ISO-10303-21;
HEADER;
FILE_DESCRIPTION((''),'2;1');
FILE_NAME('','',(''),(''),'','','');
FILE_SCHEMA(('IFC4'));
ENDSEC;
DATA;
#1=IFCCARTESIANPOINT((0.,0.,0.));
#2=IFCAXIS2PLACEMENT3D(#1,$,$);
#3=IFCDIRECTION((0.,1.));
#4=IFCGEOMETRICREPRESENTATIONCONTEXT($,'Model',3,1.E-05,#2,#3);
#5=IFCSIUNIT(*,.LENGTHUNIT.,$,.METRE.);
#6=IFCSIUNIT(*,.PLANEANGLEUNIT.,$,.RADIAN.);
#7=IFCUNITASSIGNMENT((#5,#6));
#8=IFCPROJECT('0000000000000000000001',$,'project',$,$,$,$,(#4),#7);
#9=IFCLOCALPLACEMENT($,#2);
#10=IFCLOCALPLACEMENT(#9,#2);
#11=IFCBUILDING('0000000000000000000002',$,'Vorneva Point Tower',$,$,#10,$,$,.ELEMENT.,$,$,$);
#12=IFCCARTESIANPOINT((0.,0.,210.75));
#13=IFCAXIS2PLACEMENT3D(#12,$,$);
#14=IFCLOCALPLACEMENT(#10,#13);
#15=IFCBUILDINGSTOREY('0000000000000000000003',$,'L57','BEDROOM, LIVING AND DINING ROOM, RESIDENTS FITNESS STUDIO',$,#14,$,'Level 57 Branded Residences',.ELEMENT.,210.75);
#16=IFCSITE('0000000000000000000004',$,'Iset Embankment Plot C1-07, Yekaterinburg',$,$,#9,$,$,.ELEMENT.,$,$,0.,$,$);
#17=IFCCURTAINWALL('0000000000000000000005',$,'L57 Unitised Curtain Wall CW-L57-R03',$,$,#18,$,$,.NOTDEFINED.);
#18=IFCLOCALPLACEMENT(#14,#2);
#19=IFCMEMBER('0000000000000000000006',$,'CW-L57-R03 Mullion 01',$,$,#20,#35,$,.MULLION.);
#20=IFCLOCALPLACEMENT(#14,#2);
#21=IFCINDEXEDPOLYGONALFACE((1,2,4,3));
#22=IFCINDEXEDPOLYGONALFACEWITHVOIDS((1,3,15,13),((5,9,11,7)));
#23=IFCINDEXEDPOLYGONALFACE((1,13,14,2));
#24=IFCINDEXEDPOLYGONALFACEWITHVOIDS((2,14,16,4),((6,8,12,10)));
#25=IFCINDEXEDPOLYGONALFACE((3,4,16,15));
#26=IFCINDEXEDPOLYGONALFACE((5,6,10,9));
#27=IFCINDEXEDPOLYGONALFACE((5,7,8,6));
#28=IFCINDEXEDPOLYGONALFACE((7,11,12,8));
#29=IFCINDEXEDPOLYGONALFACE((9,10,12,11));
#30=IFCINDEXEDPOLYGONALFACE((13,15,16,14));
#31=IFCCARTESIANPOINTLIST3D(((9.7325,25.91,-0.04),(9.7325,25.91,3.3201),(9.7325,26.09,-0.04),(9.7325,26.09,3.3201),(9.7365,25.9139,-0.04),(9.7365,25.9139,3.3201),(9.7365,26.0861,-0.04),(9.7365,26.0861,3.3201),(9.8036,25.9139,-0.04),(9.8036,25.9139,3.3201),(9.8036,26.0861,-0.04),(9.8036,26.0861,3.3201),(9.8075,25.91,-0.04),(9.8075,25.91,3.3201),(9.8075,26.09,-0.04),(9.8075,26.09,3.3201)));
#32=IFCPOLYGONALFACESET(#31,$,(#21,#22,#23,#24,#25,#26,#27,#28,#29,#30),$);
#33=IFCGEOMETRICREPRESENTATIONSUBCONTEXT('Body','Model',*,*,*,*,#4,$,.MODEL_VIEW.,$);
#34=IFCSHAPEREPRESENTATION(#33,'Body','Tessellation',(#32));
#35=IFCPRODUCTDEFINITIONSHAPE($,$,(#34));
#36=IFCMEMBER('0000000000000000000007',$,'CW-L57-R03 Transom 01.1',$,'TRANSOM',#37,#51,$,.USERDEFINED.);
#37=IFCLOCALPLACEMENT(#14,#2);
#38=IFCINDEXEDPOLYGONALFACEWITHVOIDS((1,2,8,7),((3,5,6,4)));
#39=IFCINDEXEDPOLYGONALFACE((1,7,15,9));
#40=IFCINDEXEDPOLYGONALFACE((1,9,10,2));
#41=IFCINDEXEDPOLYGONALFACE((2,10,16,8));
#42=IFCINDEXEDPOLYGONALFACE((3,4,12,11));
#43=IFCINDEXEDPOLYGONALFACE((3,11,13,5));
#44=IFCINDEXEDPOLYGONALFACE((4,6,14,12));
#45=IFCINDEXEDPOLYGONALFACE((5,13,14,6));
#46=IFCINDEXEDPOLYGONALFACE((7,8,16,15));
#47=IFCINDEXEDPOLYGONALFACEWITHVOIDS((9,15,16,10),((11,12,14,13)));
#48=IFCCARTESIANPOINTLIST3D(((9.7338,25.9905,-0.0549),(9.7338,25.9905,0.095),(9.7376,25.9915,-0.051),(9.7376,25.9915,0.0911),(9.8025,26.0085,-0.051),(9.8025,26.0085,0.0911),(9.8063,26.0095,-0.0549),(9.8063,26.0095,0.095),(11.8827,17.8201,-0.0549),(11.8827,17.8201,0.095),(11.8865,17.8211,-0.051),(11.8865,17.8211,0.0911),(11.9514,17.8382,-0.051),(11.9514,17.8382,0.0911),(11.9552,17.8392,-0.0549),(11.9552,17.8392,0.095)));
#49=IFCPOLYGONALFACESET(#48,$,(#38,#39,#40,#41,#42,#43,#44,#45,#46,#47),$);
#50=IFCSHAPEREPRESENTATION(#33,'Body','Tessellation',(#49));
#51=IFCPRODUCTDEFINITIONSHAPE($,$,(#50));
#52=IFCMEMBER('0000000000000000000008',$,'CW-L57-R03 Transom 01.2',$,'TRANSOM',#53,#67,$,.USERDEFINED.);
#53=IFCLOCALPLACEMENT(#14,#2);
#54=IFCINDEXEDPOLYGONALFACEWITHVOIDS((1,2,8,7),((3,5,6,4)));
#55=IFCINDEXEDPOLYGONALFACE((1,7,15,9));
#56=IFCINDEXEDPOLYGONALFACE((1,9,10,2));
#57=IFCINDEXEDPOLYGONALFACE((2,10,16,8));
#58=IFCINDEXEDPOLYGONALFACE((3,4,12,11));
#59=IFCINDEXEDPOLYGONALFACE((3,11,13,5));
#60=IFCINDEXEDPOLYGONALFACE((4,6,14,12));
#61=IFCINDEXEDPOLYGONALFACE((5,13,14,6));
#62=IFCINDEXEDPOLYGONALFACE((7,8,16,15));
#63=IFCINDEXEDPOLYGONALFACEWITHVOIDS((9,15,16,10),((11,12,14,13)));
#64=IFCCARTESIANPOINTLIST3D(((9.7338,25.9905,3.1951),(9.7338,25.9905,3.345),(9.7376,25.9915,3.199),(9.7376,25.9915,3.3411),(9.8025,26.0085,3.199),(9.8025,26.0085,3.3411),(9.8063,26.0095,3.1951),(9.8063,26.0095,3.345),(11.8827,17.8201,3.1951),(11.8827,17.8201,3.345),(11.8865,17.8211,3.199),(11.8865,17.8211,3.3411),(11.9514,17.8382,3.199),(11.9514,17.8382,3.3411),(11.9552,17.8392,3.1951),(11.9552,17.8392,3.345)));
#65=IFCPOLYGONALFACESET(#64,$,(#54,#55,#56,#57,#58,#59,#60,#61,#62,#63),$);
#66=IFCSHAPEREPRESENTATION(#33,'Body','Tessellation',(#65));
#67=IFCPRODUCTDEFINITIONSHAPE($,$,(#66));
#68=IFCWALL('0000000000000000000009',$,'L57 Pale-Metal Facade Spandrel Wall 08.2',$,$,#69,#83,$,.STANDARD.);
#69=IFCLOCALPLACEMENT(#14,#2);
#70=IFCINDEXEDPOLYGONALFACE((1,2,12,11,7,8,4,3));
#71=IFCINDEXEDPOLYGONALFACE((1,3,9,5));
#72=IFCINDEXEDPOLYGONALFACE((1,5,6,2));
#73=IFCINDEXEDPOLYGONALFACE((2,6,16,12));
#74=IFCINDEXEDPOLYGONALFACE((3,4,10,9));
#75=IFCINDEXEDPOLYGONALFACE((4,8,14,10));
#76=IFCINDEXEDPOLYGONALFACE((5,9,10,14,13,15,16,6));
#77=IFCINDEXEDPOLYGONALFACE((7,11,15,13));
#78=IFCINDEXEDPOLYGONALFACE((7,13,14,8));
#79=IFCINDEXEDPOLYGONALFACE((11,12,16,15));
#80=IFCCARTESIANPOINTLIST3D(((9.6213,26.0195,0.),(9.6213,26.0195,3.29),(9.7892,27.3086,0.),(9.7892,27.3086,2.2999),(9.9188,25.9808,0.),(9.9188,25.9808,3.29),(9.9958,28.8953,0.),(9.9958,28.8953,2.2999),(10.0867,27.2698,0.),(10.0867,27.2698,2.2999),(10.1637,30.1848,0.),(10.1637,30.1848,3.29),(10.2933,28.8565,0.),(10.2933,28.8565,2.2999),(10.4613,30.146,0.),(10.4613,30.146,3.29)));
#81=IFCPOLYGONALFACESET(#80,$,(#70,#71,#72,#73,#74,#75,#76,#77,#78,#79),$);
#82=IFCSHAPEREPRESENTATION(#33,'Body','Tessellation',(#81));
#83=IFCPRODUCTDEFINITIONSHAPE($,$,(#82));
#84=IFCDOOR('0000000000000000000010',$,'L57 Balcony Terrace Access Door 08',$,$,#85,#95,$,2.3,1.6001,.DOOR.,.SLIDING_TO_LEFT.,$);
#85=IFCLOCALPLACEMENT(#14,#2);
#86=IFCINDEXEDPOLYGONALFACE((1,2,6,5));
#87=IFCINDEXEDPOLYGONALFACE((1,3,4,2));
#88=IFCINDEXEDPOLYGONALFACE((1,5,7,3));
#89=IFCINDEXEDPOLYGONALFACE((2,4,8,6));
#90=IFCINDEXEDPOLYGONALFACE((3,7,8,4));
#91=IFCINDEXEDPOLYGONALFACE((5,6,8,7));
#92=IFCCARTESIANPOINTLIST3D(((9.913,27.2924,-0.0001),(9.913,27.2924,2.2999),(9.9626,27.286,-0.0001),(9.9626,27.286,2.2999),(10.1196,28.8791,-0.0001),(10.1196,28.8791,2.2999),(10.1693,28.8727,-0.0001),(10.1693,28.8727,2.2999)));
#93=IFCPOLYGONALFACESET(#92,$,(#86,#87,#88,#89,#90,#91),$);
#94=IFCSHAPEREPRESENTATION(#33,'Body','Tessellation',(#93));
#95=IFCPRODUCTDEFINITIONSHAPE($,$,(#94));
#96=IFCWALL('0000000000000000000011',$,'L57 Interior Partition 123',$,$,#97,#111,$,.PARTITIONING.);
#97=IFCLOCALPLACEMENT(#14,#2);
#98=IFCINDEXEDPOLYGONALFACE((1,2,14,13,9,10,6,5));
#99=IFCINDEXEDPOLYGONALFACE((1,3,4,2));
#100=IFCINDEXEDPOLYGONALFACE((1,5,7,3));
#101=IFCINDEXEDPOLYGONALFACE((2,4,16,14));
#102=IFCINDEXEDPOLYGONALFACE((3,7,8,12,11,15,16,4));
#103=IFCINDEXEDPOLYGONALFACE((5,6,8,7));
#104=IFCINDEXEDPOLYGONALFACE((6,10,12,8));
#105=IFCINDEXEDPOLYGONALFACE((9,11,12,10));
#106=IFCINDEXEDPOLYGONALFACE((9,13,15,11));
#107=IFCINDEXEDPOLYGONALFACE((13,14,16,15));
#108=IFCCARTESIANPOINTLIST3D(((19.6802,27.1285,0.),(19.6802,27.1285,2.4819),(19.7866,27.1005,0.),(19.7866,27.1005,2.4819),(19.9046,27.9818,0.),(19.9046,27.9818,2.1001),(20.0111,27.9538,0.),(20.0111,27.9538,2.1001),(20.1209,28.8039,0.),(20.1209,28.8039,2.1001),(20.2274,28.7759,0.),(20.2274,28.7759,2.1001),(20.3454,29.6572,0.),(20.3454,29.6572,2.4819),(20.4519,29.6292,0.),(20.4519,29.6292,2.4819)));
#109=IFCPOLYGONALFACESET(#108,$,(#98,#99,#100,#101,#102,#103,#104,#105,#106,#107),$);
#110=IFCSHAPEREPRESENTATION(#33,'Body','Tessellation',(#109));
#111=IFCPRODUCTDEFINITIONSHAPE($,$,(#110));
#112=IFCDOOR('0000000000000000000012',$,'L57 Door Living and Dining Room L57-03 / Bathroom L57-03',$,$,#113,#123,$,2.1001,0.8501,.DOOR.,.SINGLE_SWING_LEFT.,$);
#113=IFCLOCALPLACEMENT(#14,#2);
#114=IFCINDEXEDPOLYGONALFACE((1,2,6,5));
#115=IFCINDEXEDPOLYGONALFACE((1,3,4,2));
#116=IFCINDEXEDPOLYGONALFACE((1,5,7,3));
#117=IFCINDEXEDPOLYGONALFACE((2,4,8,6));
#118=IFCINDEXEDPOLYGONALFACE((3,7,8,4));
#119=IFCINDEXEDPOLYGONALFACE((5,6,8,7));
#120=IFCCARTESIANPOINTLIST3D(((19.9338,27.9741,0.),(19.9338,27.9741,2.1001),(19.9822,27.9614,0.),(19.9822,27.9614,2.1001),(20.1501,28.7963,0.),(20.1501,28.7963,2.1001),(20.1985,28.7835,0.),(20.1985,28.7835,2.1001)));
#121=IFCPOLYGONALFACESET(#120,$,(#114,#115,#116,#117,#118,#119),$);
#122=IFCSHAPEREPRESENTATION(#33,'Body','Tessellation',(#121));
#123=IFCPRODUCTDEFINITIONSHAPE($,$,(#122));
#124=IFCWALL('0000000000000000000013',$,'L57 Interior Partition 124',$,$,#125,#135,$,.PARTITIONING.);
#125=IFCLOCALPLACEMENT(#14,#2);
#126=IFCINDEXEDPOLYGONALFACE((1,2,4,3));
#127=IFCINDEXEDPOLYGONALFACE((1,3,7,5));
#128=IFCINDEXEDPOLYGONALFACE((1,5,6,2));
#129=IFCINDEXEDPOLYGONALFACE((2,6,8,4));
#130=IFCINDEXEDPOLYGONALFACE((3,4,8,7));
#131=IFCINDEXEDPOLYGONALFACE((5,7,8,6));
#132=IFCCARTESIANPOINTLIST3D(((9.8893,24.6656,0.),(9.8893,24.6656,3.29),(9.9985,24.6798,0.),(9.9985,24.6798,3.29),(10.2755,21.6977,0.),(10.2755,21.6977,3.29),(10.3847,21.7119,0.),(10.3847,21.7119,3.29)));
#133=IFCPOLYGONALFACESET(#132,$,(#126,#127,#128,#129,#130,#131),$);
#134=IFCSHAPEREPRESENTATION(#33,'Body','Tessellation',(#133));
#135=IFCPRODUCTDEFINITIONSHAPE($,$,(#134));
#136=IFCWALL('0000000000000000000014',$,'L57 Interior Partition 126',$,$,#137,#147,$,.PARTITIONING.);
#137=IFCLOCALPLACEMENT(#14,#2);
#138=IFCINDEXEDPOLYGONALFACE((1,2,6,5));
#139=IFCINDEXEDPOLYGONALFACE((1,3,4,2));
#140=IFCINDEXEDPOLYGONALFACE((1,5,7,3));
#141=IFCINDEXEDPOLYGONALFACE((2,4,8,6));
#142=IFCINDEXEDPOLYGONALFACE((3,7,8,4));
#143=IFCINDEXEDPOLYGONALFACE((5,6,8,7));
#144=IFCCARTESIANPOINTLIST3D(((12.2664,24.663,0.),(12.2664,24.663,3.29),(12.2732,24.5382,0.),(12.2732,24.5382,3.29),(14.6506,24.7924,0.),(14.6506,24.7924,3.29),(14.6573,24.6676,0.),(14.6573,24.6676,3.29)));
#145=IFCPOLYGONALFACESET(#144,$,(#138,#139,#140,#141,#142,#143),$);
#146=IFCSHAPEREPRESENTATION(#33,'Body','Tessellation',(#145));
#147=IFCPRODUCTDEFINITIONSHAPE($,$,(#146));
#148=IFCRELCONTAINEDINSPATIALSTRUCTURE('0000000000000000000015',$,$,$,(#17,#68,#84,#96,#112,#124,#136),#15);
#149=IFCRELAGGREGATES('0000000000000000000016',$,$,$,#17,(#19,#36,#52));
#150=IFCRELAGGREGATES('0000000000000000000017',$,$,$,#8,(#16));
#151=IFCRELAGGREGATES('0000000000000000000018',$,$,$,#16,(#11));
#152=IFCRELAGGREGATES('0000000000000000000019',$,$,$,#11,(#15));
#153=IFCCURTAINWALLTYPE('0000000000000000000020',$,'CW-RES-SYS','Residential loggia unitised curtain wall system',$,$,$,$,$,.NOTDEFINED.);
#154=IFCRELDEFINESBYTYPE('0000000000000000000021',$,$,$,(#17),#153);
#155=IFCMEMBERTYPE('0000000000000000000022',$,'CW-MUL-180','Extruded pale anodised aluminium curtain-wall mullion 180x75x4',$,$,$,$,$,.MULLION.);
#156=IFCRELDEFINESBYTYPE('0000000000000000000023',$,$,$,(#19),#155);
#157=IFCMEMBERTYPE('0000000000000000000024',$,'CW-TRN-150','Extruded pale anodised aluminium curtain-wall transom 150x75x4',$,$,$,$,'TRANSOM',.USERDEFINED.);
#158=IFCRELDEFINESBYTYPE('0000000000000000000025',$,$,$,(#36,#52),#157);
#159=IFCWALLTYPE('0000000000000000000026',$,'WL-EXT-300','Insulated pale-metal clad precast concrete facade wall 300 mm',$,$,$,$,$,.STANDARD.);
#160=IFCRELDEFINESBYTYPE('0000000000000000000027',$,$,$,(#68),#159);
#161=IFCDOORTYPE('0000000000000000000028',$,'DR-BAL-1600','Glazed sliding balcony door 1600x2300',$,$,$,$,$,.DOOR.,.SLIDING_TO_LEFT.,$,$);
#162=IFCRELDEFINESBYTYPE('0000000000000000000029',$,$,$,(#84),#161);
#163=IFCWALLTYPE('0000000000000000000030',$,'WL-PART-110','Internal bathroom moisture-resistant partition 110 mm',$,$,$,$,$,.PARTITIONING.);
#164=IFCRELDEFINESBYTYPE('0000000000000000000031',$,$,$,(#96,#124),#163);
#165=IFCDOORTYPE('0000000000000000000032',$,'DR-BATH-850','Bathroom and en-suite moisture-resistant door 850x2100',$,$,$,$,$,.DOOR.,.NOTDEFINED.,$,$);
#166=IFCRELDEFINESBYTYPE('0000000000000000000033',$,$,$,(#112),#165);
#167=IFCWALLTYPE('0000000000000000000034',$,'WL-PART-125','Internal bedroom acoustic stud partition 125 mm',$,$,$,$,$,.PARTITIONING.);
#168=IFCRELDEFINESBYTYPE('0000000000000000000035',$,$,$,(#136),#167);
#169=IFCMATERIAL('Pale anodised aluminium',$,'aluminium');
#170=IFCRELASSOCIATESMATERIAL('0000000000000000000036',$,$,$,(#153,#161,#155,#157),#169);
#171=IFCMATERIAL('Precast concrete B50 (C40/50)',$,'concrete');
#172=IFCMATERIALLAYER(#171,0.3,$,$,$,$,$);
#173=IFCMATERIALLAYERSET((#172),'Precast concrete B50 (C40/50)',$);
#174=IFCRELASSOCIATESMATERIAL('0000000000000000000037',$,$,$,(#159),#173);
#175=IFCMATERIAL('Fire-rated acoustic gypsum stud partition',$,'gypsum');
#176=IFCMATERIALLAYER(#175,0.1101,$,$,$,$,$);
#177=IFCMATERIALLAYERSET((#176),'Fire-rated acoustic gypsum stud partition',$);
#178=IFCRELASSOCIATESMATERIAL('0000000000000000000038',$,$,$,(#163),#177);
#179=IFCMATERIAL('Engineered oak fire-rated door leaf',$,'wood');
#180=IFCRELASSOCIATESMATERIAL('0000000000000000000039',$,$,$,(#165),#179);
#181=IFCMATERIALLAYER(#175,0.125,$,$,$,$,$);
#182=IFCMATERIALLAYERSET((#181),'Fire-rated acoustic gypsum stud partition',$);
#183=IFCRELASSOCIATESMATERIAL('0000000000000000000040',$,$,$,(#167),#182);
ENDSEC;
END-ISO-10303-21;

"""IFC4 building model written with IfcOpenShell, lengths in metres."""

from ifc_helpers import new_model, si_unit, direction, frame, frame_2d, origin, origin_2d, place, context, subcontext, project, spatial, rectangle, hollow_rectangle, extrude, material, layer, layer_set, material_profile, profile_set, type_object, element, fill, aggregate, save


model = new_model("IFC4")

# Units and contexts
model_context = context("Model", 3, precision=1e-05, world=origin(), true_north=direction((0.0, 1.0)))
body_context = subcontext(model_context, "Body", "Model", "MODEL_VIEW")
ifc_project = project(units=[si_unit("LENGTHUNIT", "METRE"), si_unit("PLANEANGLEUNIT", "RADIAN")], contexts=[model_context])

# Site, building, storey
site_placement = place(None, origin())
site = spatial("IfcSite", under=ifc_project, at=site_placement, Name="Iset Embankment Plot C1-07, Yekaterinburg", CompositionType="ELEMENT", RefElevation=0.0)
building_placement = place(site_placement, origin())
building = spatial("IfcBuilding", under=site, at=building_placement, Name="Vorneva Point Tower", CompositionType="ELEMENT")
storey_placement = place(building_placement, frame((0.0, 0.0, 210.75)))
storey = spatial("IfcBuildingStorey", under=building, at=storey_placement, Name="L57", Description="BEDROOM, LIVING AND DINING ROOM, RESIDENTS FITNESS STUDIO", LongName="Level 57 Branded Residences", CompositionType="ELEMENT", Elevation=210.75)

# Curtain wall, members
ifc_material_1 = material(Name="Pale anodised aluminium", Category="aluminium")
curtain_wall_type = type_object("IfcCurtainWallType", Name="CW-RES-SYS", Description="Residential loggia unitised curtain wall system", PredefinedType="NOTDEFINED", material=ifc_material_1)
curtain_wall_placement = place(storey_placement, origin())
curtain_wall = element("IfcCurtainWall", 1, at=curtain_wall_placement, inside=storey, type_object=curtain_wall_type, Name="L57 Unitised Curtain Wall CW-L57-R03", PredefinedType="NOTDEFINED")
ifc_material_profile_1 = material_profile(ifc_material_1, hollow_rectangle(XDim=0.075, YDim=0.1799, WallThickness=0.0039, at=origin_2d()), Name="AL-MUL 180x75x4")
ifc_profile_set_1 = profile_set([ifc_material_profile_1], Name="Pale anodised aluminium")
member_type_1 = type_object("IfcMemberType", Name="CW-MUL-180", Description="Extruded pale anodised aluminium curtain-wall mullion 180x75x4", PredefinedType="MULLION", material=ifc_profile_set_1)
member_1_placement = place(storey_placement, frame((9.77, 26.0, -0.04), z_axis=(0.0, 0.0, 1.0), x_axis=(1.0, 0.0, 0.0)))
member_1 = element("IfcMember", 2, at=member_1_placement, type_object=member_type_1, Name="CW-L57-R03 Mullion 01", PredefinedType="MULLION", context=body_context, shape_type="SweptSolid", body=[
    extrude(hollow_rectangle(XDim=0.075, YDim=0.1799, WallThickness=0.0039, at=origin_2d()), origin(), (0.0, 0.0, 1.0), 3.3601),
])
ifc_material_profile_2 = material_profile(ifc_material_1, hollow_rectangle(XDim=0.075, YDim=0.1499, WallThickness=0.0039, at=origin_2d()), Name="AL-TRN 150x75x4")
ifc_profile_set_2 = profile_set([ifc_material_profile_2], Name="Pale anodised aluminium")
member_type_2 = type_object("IfcMemberType", Name="CW-TRN-150", Description="Extruded pale anodised aluminium curtain-wall transom 150x75x4", ElementType="TRANSOM", PredefinedType="USERDEFINED", material=ifc_profile_set_2)
member_2_placement = place(storey_placement, frame((9.77, 26.0, 0.02), z_axis=(0.254362, -0.967109, 0.0), x_axis=(0.967109, 0.254362, 0.0)))
member_2 = element("IfcMember", 3, at=member_2_placement, type_object=member_type_2, Name="CW-L57-R03 Transom 01.1", ObjectType="TRANSOM", PredefinedType="USERDEFINED", context=body_context, shape_type="SweptSolid", body=[
    extrude(hollow_rectangle(XDim=0.075, YDim=0.1499, WallThickness=0.0039, at=origin_2d()), origin(), (0.0, 0.0, 1.0), 8.4482),
])
member_3_placement = place(storey_placement, frame((9.77, 26.0, 3.27), z_axis=(0.254362, -0.967109, 0.0), x_axis=(0.967109, 0.254362, 0.0)))
member_3 = element("IfcMember", 4, at=member_3_placement, type_object=member_type_2, Name="CW-L57-R03 Transom 01.2", ObjectType="TRANSOM", PredefinedType="USERDEFINED", context=body_context, shape_type="SweptSolid", body=[
    extrude(hollow_rectangle(XDim=0.075, YDim=0.1499, WallThickness=0.0039, at=origin_2d()), origin(), (0.0, 0.0, 1.0), 8.4482),
])
aggregate(curtain_wall, [member_1, member_2, member_3])

# Walls, openings, doors
ifc_material_2 = material(Name="Precast concrete B50 (C40/50)", Category="concrete")
ifc_layer_1 = layer(ifc_material_2, 0.3)
ifc_layer_set_1 = layer_set([ifc_layer_1], Name="Precast concrete B50 (C40/50)")
wall_type_1 = type_object("IfcWallType", Name="WL-EXT-300", Description="Insulated pale-metal clad precast concrete facade wall 300 mm", PredefinedType="STANDARD", material=ifc_layer_set_1)
wall_1_placement = place(storey_placement, frame((10.3125, 30.1653, 0.0), z_axis=(0.0, 0.0, 1.0), x_axis=(-0.129148, -0.991625, 0.0)))
wall_1 = element("IfcWall", 5, at=wall_1_placement, inside=storey, type_object=wall_type_1, Name="L57 Pale-Metal Facade Spandrel Wall 08.2", PredefinedType="STANDARD", context=body_context, shape_type="SweptSolid", body=[
    extrude(rectangle(XDim=4.2004, YDim=0.3, at=frame_2d((2.1001, 0.0))), origin(), (0.0, 0.0, 1.0), 3.29),
])
opening_1_placement = place(wall_1_placement, frame((1.3003, 0.0, 0.0)))
opening_1 = element("IfcOpeningElement", 6, at=opening_1_placement, cuts=wall_1, PredefinedType="OPENING", context=body_context, shape_type="SweptSolid", body=[
    extrude(rectangle(XDim=1.6001, YDim=2.3, at=frame_2d((0.8, 1.1499))), frame((0.0, 0.165, 0.0), z_axis=(0.0, -1.0, 0.0), x_axis=(1.0, 0.0, 0.0)), (0.0, 0.0, 1.0), 0.3298),
])
door_type_1 = type_object("IfcDoorType", Name="DR-BAL-1600", Description="Glazed sliding balcony door 1600x2300", OperationType="SLIDING_TO_LEFT", PredefinedType="DOOR", material=ifc_material_1)
door_1_placement = place(opening_1_placement, origin())
door_1 = element("IfcDoor", 7, at=door_1_placement, inside=storey, type_object=door_type_1, Name="L57 Balcony Terrace Access Door 08", OperationType="SLIDING_TO_LEFT", OverallHeight=2.3, OverallWidth=1.6001, PredefinedType="DOOR", context=body_context, shape_type="SweptSolid", body=[
    extrude(rectangle(XDim=1.6001, YDim=2.3, at=frame_2d((0.8, 1.1499))), frame((0.0, 0.0249, 0.0), z_axis=(0.0, -1.0, 0.0), x_axis=(1.0, 0.0, 0.0)), (0.0, 0.0, 1.0), 0.05),
])
fill(opening_1, door_1)
ifc_material_3 = material(Name="Fire-rated acoustic gypsum stud partition", Category="gypsum")
ifc_layer_2 = layer(ifc_material_3, 0.1101)
ifc_layer_set_2 = layer_set([ifc_layer_2], Name="Fire-rated acoustic gypsum stud partition")
wall_type_2 = type_object("IfcWallType", Name="WL-PART-110", Description="Internal bathroom moisture-resistant partition 110 mm", PredefinedType="PARTITIONING", material=ifc_layer_set_2)
wall_2_placement = place(storey_placement, frame((19.7334, 27.1145, 0.0), z_axis=(0.0, 0.0, 1.0), x_axis=(0.254424, 0.967093, 0.0)))
wall_2 = element("IfcWall", 8, at=wall_2_placement, inside=storey, type_object=wall_type_2, Name="L57 Interior Partition 123", PredefinedType="PARTITIONING", context=body_context, shape_type="SweptSolid", body=[
    extrude(rectangle(XDim=2.6147, YDim=0.1101, at=frame_2d((1.3074, 0.0))), origin(), (0.0, 0.0, 1.0), 2.4819),
])
opening_2_placement = place(wall_2_placement, frame((0.8823, 0.0, 0.0)))
opening_2 = element("IfcOpeningElement", 9, at=opening_2_placement, cuts=wall_2, PredefinedType="OPENING", context=body_context, shape_type="SweptSolid", body=[
    extrude(rectangle(XDim=0.8501, YDim=2.1001, at=frame_2d((0.425, 1.05))), frame((0.0, 0.0698, 0.0), z_axis=(0.0, -1.0, 0.0), x_axis=(1.0, 0.0, 0.0)), (0.0, 0.0, 1.0), 0.1399),
])
ifc_material_4 = material(Name="Engineered oak fire-rated door leaf", Category="wood")
door_type_2 = type_object("IfcDoorType", Name="DR-BATH-850", Description="Bathroom and en-suite moisture-resistant door 850x2100", OperationType="NOTDEFINED", PredefinedType="DOOR", material=ifc_material_4)
door_2_placement = place(opening_2_placement, origin())
door_2 = element("IfcDoor", 10, at=door_2_placement, inside=storey, type_object=door_type_2, Name="L57 Door Living and Dining Room L57-03 / Bathroom L57-03", OperationType="SINGLE_SWING_LEFT", OverallHeight=2.1001, OverallWidth=0.8501, PredefinedType="DOOR", context=body_context, shape_type="SweptSolid", body=[
    extrude(rectangle(XDim=0.8501, YDim=2.1001, at=frame_2d((0.425, 1.05))), frame((0.0, 0.0249, 0.0), z_axis=(0.0, -1.0, 0.0), x_axis=(1.0, 0.0, 0.0)), (0.0, 0.0, 1.0), 0.05),
])
fill(opening_2, door_2)

# Walls
wall_3_placement = place(storey_placement, frame((9.9438, 24.6729, 0.0), z_axis=(0.0, 0.0, 1.0), x_axis=(0.129053, -0.991638, 0.0)))
element("IfcWall", 11, at=wall_3_placement, inside=storey, type_object=wall_type_2, Name="L57 Interior Partition 124", PredefinedType="PARTITIONING", context=body_context, shape_type="SweptSolid", body=[
    extrude(rectangle(XDim=2.9929, YDim=0.1101, at=frame_2d((1.4966, 0.0))), origin(), (0.0, 0.0, 1.0), 3.29),
])
ifc_layer_3 = layer(ifc_material_3, 0.125)
ifc_layer_set_3 = layer_set([ifc_layer_3], Name="Fire-rated acoustic gypsum stud partition")
wall_type_3 = type_object("IfcWallType", Name="WL-PART-125", Description="Internal bedroom acoustic stud partition 125 mm", PredefinedType="PARTITIONING", material=ifc_layer_set_3)
wall_4_placement = place(storey_placement, frame((12.2698, 24.6006, 0.0), z_axis=(0.0, 0.0, 1.0), x_axis=(0.998531, 0.05419, 0.0)))
element("IfcWall", 12, at=wall_4_placement, inside=storey, type_object=wall_type_3, Name="L57 Interior Partition 126", PredefinedType="PARTITIONING", context=body_context, shape_type="SweptSolid", body=[
    extrude(rectangle(XDim=2.3877, YDim=0.125, at=frame_2d((1.1938, 0.0))), origin(), (0.0, 0.0, 1.0), 3.29),
])

save(model, "model.ifc")
